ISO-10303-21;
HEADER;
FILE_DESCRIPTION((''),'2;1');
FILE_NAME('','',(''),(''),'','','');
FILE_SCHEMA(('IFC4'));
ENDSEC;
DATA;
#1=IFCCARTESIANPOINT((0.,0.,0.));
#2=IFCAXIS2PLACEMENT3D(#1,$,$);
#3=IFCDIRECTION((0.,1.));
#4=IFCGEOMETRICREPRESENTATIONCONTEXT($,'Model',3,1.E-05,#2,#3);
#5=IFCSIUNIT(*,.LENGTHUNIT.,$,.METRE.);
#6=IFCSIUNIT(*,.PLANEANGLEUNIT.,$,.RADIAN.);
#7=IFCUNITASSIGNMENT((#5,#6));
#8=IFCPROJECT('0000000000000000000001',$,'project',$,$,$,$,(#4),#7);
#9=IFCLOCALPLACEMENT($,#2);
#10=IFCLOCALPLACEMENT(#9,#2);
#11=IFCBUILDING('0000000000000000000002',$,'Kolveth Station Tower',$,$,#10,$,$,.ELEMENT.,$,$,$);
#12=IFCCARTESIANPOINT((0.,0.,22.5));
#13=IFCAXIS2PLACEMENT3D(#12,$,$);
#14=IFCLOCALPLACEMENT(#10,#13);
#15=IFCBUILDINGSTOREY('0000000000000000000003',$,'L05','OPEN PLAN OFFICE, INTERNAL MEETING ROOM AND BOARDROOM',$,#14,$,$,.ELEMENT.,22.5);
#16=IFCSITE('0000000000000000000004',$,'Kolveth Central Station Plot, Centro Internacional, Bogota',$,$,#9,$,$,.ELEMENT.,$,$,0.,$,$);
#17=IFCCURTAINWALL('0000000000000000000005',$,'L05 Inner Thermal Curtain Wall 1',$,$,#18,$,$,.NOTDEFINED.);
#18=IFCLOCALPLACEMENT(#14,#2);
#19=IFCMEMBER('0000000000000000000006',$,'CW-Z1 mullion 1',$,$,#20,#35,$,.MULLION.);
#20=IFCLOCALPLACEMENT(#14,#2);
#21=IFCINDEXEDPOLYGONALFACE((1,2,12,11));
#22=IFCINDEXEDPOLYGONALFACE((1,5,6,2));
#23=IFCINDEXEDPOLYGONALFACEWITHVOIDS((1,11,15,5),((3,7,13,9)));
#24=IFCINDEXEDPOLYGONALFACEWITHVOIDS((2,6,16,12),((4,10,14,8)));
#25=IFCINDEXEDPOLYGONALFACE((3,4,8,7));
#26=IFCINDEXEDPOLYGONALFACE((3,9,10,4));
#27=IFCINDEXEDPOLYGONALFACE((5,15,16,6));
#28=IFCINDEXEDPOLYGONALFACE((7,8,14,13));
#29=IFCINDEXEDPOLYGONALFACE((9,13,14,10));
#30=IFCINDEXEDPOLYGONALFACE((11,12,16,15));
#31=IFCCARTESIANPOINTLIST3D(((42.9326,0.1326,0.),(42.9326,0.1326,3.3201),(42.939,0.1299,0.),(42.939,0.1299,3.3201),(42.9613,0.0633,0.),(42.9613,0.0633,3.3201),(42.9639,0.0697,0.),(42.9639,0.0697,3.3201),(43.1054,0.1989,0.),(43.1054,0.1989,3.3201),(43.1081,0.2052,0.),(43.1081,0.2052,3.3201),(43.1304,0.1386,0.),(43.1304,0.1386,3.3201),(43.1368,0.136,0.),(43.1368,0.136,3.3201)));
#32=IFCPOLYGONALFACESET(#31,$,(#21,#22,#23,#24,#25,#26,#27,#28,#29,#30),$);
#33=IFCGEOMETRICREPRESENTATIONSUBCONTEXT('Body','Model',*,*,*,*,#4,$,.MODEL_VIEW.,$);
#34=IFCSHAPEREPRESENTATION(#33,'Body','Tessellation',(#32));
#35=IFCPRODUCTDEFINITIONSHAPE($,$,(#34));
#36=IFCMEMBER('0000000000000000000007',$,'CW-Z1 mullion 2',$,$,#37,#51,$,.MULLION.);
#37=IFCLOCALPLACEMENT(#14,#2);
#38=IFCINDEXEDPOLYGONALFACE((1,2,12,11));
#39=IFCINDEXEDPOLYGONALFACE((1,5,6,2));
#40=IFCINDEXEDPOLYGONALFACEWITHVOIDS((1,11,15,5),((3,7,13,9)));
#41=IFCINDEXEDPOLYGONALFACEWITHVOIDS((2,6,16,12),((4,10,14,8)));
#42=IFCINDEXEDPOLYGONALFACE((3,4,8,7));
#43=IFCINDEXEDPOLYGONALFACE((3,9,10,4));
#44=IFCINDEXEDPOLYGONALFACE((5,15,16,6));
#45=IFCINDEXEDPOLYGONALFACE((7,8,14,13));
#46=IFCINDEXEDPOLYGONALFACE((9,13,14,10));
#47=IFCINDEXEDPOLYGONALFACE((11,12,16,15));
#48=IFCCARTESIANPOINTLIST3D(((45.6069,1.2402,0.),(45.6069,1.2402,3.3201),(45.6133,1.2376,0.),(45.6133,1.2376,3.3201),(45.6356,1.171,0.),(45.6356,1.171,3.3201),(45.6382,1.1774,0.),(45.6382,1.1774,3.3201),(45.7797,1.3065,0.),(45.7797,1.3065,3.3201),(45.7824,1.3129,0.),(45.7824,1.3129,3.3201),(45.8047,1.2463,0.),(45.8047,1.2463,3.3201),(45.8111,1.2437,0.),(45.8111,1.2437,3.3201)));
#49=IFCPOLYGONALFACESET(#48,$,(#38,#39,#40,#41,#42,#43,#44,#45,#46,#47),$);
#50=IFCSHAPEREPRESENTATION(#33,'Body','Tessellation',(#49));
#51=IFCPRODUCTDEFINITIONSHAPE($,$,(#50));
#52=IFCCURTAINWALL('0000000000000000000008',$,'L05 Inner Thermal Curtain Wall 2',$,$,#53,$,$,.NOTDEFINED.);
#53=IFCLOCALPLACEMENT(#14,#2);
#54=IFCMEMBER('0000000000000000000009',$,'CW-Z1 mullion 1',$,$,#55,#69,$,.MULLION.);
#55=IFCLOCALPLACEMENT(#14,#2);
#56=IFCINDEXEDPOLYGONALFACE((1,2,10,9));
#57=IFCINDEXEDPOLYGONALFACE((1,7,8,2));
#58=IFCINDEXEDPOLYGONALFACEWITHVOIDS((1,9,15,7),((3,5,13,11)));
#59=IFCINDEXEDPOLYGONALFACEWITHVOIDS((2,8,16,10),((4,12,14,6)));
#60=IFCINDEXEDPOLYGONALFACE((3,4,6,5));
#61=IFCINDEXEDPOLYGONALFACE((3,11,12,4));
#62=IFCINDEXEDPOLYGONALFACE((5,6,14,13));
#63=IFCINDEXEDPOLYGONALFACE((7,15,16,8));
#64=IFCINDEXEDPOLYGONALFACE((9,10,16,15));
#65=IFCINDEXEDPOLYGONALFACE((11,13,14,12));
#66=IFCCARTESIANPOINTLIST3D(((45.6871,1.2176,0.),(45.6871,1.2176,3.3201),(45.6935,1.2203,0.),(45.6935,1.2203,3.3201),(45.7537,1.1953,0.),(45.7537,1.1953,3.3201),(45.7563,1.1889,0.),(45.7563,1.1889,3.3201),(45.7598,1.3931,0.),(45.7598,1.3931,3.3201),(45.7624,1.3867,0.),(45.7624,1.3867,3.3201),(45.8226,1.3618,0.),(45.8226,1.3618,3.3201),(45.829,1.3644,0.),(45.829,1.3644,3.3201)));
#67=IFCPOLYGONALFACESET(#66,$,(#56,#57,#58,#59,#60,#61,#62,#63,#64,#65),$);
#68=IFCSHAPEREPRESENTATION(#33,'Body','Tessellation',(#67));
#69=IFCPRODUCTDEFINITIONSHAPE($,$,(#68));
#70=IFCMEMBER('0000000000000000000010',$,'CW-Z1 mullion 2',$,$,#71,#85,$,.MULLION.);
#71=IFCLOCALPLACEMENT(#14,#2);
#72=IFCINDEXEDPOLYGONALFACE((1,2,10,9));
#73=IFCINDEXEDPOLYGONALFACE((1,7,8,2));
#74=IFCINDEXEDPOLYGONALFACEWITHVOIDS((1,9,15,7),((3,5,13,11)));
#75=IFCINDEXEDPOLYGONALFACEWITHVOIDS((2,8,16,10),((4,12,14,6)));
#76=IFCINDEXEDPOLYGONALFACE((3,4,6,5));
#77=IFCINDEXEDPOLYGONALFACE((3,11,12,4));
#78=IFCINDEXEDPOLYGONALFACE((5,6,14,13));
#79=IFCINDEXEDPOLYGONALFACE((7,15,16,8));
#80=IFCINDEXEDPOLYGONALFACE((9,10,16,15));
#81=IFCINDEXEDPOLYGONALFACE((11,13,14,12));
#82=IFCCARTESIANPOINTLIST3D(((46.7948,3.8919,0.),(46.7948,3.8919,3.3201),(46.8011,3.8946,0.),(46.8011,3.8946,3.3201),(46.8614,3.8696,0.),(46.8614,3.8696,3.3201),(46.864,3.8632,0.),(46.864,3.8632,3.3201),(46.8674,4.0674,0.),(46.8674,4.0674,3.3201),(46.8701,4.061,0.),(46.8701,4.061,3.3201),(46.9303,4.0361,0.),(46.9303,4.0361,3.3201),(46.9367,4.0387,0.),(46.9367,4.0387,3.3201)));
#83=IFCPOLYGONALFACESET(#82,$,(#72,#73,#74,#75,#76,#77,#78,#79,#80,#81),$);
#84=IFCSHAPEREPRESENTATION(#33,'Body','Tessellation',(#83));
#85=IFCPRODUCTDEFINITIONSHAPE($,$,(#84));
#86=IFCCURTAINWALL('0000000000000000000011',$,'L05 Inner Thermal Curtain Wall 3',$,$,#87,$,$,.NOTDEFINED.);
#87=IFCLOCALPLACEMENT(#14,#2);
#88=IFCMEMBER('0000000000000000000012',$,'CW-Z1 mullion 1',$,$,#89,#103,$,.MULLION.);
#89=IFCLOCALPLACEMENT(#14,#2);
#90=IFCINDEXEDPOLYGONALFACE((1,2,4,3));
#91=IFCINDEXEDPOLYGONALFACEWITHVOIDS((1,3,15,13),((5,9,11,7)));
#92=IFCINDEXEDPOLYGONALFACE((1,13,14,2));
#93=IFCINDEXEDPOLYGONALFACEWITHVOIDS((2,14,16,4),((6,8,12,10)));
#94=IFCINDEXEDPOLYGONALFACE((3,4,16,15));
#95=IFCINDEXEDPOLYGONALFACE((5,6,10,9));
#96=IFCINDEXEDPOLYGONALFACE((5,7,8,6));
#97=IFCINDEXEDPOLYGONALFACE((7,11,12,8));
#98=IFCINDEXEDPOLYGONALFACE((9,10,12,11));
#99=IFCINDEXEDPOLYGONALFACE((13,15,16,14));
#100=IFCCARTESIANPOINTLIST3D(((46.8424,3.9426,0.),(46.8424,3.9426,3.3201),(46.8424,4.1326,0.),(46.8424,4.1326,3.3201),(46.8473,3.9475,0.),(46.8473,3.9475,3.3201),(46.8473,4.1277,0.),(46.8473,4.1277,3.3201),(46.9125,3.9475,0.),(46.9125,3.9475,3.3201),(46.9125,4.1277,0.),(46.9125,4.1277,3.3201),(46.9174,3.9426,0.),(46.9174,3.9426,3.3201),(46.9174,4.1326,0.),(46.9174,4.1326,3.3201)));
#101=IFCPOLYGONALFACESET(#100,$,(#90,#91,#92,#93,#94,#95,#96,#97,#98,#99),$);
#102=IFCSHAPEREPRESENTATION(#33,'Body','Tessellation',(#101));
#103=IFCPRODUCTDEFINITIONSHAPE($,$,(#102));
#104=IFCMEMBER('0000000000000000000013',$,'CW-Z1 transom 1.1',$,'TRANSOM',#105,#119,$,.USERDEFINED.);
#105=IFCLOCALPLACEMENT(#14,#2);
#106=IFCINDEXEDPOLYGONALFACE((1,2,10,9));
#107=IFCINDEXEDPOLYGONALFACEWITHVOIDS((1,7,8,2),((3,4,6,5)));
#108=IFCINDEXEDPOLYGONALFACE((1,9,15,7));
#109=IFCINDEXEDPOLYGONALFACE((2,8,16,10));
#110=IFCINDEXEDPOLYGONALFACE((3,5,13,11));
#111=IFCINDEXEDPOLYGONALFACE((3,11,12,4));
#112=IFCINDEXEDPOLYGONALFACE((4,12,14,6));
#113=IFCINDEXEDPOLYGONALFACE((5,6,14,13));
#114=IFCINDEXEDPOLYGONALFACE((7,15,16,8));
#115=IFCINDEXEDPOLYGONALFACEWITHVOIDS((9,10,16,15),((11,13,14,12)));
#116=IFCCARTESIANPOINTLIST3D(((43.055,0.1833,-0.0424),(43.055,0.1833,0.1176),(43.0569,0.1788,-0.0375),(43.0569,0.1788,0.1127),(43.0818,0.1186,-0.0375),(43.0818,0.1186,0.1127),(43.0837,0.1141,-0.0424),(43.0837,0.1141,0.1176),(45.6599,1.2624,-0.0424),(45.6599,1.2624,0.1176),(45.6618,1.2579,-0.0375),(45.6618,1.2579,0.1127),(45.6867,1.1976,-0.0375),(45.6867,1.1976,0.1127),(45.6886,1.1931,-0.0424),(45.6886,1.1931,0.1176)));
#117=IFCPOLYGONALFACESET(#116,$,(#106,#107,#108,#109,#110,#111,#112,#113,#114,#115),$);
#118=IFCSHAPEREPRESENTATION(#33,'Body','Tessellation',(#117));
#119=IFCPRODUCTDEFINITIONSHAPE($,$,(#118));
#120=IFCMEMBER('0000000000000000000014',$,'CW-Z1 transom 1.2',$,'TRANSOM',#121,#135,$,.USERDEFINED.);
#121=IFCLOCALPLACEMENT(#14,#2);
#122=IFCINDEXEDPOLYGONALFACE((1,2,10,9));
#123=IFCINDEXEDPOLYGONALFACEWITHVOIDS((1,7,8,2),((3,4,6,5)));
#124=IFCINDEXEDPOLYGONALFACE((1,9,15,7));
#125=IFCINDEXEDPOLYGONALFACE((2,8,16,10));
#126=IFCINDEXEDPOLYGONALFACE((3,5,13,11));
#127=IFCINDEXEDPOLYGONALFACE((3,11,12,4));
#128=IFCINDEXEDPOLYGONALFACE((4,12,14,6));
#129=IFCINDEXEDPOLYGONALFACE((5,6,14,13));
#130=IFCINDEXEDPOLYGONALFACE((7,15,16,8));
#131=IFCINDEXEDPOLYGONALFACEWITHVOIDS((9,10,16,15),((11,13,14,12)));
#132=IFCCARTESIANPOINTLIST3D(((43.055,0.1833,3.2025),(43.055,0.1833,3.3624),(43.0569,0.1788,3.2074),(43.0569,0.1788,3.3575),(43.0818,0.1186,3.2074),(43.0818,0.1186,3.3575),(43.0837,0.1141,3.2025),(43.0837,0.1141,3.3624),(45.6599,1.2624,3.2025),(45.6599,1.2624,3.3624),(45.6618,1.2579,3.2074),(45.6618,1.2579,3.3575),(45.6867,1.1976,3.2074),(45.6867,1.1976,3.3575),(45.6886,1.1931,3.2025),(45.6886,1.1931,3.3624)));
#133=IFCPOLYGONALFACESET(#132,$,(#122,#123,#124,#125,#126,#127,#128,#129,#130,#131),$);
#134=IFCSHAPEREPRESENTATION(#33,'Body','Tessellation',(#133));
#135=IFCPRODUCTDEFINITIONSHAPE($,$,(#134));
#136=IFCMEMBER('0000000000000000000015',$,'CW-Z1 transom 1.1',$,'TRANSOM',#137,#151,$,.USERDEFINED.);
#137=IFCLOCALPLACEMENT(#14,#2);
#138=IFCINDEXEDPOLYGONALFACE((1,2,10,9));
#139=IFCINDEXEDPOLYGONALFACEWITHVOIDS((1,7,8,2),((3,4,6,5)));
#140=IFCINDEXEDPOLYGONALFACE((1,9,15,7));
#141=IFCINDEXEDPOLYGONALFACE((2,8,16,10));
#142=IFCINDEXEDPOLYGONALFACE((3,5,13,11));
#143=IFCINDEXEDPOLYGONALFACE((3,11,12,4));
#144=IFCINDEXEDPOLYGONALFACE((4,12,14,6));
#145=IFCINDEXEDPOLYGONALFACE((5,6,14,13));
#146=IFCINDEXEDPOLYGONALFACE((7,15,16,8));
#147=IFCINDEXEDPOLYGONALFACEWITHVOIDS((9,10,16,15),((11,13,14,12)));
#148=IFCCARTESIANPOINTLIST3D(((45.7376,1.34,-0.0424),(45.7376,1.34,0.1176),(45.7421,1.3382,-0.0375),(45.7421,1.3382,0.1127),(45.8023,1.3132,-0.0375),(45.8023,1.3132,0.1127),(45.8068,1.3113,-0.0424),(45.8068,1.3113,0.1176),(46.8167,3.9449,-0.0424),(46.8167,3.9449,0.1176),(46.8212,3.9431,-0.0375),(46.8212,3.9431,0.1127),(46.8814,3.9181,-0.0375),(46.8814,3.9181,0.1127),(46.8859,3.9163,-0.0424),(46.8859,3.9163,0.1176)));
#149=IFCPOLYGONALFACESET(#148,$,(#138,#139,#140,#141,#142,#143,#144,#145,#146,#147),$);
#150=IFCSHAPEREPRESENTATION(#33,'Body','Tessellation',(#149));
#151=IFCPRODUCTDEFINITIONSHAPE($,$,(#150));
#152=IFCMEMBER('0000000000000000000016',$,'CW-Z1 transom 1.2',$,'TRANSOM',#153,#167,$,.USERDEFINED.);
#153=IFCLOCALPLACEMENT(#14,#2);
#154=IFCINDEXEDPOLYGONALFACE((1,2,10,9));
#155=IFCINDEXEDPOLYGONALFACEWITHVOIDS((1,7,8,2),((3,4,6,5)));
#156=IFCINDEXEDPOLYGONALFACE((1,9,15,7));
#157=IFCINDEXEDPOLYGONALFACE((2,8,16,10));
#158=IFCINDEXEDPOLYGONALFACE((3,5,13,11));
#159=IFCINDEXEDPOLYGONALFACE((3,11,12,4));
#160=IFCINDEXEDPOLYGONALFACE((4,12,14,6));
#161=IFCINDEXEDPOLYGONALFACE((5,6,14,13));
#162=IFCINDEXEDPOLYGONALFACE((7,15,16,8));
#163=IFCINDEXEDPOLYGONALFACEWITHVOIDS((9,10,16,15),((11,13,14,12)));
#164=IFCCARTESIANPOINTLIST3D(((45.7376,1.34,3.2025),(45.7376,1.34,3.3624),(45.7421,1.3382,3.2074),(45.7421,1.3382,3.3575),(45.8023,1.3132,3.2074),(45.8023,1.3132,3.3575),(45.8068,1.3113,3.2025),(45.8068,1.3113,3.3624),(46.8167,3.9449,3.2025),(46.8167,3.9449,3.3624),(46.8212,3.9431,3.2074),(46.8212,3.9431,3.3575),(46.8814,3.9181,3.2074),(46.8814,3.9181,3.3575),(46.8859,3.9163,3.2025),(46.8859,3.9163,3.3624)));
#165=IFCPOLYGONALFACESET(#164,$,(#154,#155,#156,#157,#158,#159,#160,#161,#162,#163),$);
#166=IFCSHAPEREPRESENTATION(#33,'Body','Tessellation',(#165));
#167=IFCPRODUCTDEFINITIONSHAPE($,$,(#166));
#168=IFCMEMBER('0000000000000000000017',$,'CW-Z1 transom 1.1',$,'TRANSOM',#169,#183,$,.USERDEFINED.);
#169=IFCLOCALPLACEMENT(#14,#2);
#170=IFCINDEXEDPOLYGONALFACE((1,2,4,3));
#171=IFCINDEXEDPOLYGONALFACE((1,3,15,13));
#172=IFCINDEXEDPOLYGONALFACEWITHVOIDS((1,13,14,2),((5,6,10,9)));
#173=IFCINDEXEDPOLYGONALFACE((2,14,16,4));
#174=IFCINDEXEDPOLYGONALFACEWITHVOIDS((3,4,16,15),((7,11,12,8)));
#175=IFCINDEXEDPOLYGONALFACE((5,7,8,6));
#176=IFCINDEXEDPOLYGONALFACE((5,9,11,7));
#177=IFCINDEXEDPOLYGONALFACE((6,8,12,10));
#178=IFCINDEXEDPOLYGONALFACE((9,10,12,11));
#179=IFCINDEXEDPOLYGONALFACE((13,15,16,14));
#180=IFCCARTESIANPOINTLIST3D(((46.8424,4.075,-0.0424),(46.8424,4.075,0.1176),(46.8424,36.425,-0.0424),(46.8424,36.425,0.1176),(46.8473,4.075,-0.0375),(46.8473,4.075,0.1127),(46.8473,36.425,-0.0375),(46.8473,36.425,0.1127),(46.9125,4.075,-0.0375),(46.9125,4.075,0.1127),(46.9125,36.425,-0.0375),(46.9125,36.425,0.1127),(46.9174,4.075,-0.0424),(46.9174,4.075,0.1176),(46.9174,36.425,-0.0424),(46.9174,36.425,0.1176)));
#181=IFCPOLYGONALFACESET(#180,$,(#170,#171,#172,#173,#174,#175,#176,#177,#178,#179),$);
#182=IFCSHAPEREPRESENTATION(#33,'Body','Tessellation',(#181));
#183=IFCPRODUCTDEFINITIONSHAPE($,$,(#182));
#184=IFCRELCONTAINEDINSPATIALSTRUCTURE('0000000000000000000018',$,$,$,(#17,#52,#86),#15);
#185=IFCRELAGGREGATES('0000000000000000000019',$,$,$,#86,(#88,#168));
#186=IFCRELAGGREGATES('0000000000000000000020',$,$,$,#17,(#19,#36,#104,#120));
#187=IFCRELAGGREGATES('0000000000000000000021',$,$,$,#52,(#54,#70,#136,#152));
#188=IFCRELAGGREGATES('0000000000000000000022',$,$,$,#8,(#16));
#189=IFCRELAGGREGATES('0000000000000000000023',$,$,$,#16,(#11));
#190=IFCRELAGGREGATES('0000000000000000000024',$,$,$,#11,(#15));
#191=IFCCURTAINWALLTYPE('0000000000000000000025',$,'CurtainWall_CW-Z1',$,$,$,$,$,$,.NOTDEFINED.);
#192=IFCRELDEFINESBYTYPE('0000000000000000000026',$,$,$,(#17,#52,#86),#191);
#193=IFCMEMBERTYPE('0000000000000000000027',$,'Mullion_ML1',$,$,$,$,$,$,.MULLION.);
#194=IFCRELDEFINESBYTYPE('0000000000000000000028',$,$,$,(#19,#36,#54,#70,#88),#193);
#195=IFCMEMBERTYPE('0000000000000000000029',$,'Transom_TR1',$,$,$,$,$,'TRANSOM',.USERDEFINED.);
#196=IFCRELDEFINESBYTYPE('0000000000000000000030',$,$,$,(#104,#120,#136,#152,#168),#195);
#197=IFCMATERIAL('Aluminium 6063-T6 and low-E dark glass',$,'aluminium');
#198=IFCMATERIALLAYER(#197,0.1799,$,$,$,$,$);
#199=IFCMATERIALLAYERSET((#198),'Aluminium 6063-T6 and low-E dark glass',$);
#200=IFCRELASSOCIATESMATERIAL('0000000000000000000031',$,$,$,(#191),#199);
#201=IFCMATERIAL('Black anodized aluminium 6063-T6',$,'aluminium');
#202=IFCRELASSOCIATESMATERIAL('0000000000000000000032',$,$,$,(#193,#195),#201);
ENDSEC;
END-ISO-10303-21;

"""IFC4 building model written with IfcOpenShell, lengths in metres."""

from ifc_helpers import new_model, si_unit, direction, frame, origin, origin_2d, place, context, subcontext, project, spatial, hollow_rectangle, extrude, source, transform, mapped, material, layer, layer_set, material_profile, profile_set, type_object, element, aggregate, save


model = new_model("IFC4")

# Units and contexts
model_context = context("Model", 3, precision=1e-05, world=origin(), true_north=direction((0.0, 1.0)))
body_context = subcontext(model_context, "Body", "Model", "MODEL_VIEW")
ifc_project = project(units=[si_unit("LENGTHUNIT", "METRE"), si_unit("PLANEANGLEUNIT", "RADIAN")], contexts=[model_context])

# Site, building, storey
site_placement = place(None, origin())
site = spatial("IfcSite", under=ifc_project, at=site_placement, Name="Kolveth Central Station Plot, Centro Internacional, Bogota", CompositionType="ELEMENT", RefElevation=0.0)
building_placement = place(site_placement, origin())
building = spatial("IfcBuilding", under=site, at=building_placement, Name="Kolveth Station Tower", CompositionType="ELEMENT")
storey_placement = place(building_placement, frame((0.0, 0.0, 22.5)))
storey = spatial("IfcBuildingStorey", under=building, at=storey_placement, Name="L05", Description="OPEN PLAN OFFICE, INTERNAL MEETING ROOM AND BOARDROOM", CompositionType="ELEMENT", Elevation=22.5)

# Curtain walls, members
ifc_material_1 = material(Name="Aluminium 6063-T6 and low-E dark glass", Category="aluminium")
ifc_layer_1 = layer(ifc_material_1, 0.1799)
ifc_layer_set_1 = layer_set([ifc_layer_1], Name="Aluminium 6063-T6 and low-E dark glass")
curtain_wall_type_1 = type_object("IfcCurtainWallType", Name="CurtainWall_CW-Z1", PredefinedType="NOTDEFINED", material=ifc_layer_set_1)
curtain_wall_1_placement = place(storey_placement, origin())
curtain_wall_1 = element("IfcCurtainWall", 1, at=curtain_wall_1_placement, inside=storey, type_object=curtain_wall_type_1, Name="L05 Inner Thermal Curtain Wall 1", PredefinedType="NOTDEFINED")
ifc_material_2 = material(Name="Black anodized aluminium 6063-T6", Category="aluminium")
ifc_material_profile_1 = material_profile(ifc_material_2, hollow_rectangle(XDim=0.075, YDim=0.1899, WallThickness=0.0049, at=origin_2d()), Name="ALU-75x190x5")
ifc_profile_set_1 = profile_set([ifc_material_profile_1], Name="Black anodized aluminium 6063-T6")
member_type_1 = type_object("IfcMemberType", Name="Mullion_ML1", PredefinedType="MULLION", material=ifc_profile_set_1)
shared_shape_1 = source(origin(), body_context, "Body", "SweptSolid", [
    extrude(hollow_rectangle(XDim=0.075, YDim=0.1899, WallThickness=0.0049, at=origin_2d()), origin(), (0.0, 0.0, 1.0), 3.3201),
])
member_1_placement = place(storey_placement, frame((43.0347, 0.1343, 0.0), z_axis=(0.0, 0.0, 1.0), x_axis=(-0.382673, 0.923884, 0.0)))
member_1 = element("IfcMember", 2, at=member_1_placement, type_object=member_type_1, Name="CW-Z1 mullion 1", PredefinedType="MULLION", context=body_context, shape_type="MappedRepresentation", body=[
    mapped(shared_shape_1, transform((0.0, 0.0, 0.0), x_axis=(1.0, 0.0, 0.0), y_axis=(0.0, 1.0, 0.0), z_axis=(0.0, 0.0, 1.0), scale=1.0)),
])
member_2_placement = place(storey_placement, frame((45.709, 1.2419, 0.0), z_axis=(0.0, 0.0, 1.0), x_axis=(-0.382673, 0.923884, 0.0)))
member_2 = element("IfcMember", 3, at=member_2_placement, type_object=member_type_1, Name="CW-Z1 mullion 2", PredefinedType="MULLION", context=body_context, shape_type="MappedRepresentation", body=[
    mapped(shared_shape_1, transform((0.0, 0.0, 0.0), x_axis=(1.0, 0.0, 0.0), y_axis=(0.0, 1.0, 0.0), z_axis=(0.0, 0.0, 1.0), scale=1.0)),
])
curtain_wall_2_placement = place(storey_placement, origin())
curtain_wall_2 = element("IfcCurtainWall", 4, at=curtain_wall_2_placement, inside=storey, type_object=curtain_wall_type_1, Name="L05 Inner Thermal Curtain Wall 2", PredefinedType="NOTDEFINED")
member_3_placement = place(storey_placement, frame((45.7581, 1.291, 0.0), z_axis=(0.0, 0.0, 1.0), x_axis=(-0.923884, 0.382673, 0.0)))
member_3 = element("IfcMember", 5, at=member_3_placement, type_object=member_type_1, Name="CW-Z1 mullion 1", PredefinedType="MULLION", context=body_context, shape_type="MappedRepresentation", body=[
    mapped(shared_shape_1, transform((0.0, 0.0, 0.0), x_axis=(1.0, 0.0, 0.0), y_axis=(0.0, 1.0, 0.0), z_axis=(0.0, 0.0, 1.0), scale=1.0)),
])
member_4_placement = place(storey_placement, frame((46.8657, 3.9653, 0.0), z_axis=(0.0, 0.0, 1.0), x_axis=(-0.923884, 0.382673, 0.0)))
member_4 = element("IfcMember", 6, at=member_4_placement, type_object=member_type_1, Name="CW-Z1 mullion 2", PredefinedType="MULLION", context=body_context, shape_type="MappedRepresentation", body=[
    mapped(shared_shape_1, transform((0.0, 0.0, 0.0), x_axis=(1.0, 0.0, 0.0), y_axis=(0.0, 1.0, 0.0), z_axis=(0.0, 0.0, 1.0), scale=1.0)),
])

# Curtain wall, member
curtain_wall_3_placement = place(storey_placement, origin())
curtain_wall_3 = element("IfcCurtainWall", 7, at=curtain_wall_3_placement, inside=storey, type_object=curtain_wall_type_1, Name="L05 Inner Thermal Curtain Wall 3", PredefinedType="NOTDEFINED")
member_5_placement = place(storey_placement, frame((46.8799, 4.0376, 0.0), z_axis=(0.0, 0.0, 1.0), x_axis=(-1.0, 0.0, 0.0)))
member_5 = element("IfcMember", 8, at=member_5_placement, type_object=member_type_1, Name="CW-Z1 mullion 1", PredefinedType="MULLION", context=body_context, shape_type="MappedRepresentation", body=[
    mapped(shared_shape_1, transform((0.0, 0.0, 0.0), x_axis=(1.0, 0.0, 0.0), y_axis=(0.0, 1.0, 0.0), z_axis=(0.0, 0.0, 1.0), scale=1.0)),
])

# Members
ifc_material_profile_2 = material_profile(ifc_material_2, hollow_rectangle(XDim=0.075, YDim=0.1599, WallThickness=0.0049, at=origin_2d()), Name="ALU-75x160x5")
ifc_profile_set_2 = profile_set([ifc_material_profile_2], Name="Black anodized aluminium 6063-T6")
member_type_2 = type_object("IfcMemberType", Name="Transom_TR1", ElementType="TRANSOM", PredefinedType="USERDEFINED", material=ifc_profile_set_2)
shared_shape_2 = source(origin(), body_context, "Body", "SweptSolid", [
    extrude(hollow_rectangle(XDim=0.075, YDim=0.1599, WallThickness=0.0049, at=origin_2d()), origin(), (0.0, 0.0, 1.0), 2.8196),
])
member_6_placement = place(storey_placement, frame((43.0693, 0.1487, 0.0376), z_axis=(0.923869, 0.382709, 0.0), x_axis=(-0.382709, 0.923869, 0.0)))
member_6 = element("IfcMember", 9, at=member_6_placement, type_object=member_type_2, Name="CW-Z1 transom 1.1", ObjectType="TRANSOM", PredefinedType="USERDEFINED", context=body_context, shape_type="MappedRepresentation", body=[
    mapped(shared_shape_2, transform((0.0, 0.0, 0.0), x_axis=(1.0, 0.0, 0.0), y_axis=(0.0, 1.0, 0.0), z_axis=(0.0, 0.0, 1.0), scale=1.0)),
])
member_7_placement = place(storey_placement, frame((43.0693, 0.1487, 3.2825), z_axis=(0.923869, 0.382709, 0.0), x_axis=(-0.382709, 0.923869, 0.0)))
member_7 = element("IfcMember", 10, at=member_7_placement, type_object=member_type_2, Name="CW-Z1 transom 1.2", ObjectType="TRANSOM", PredefinedType="USERDEFINED", context=body_context, shape_type="MappedRepresentation", body=[
    mapped(shared_shape_2, transform((0.0, 0.0, 0.0), x_axis=(1.0, 0.0, 0.0), y_axis=(0.0, 1.0, 0.0), z_axis=(0.0, 0.0, 1.0), scale=1.0)),
])
member_8_placement = place(storey_placement, frame((45.7722, 1.3257, 0.0376), z_axis=(0.382709, 0.923869, 0.0), x_axis=(-0.923869, 0.382709, 0.0)))
member_8 = element("IfcMember", 11, at=member_8_placement, type_object=member_type_2, Name="CW-Z1 transom 1.1", ObjectType="TRANSOM", PredefinedType="USERDEFINED", context=body_context, shape_type="MappedRepresentation", body=[
    mapped(shared_shape_2, transform((0.0, 0.0, 0.0), x_axis=(1.0, 0.0, 0.0), y_axis=(0.0, 1.0, 0.0), z_axis=(0.0, 0.0, 1.0), scale=1.0)),
])
member_9_placement = place(storey_placement, frame((45.7722, 1.3257, 3.2825), z_axis=(0.382709, 0.923869, 0.0), x_axis=(-0.923869, 0.382709, 0.0)))
member_9 = element("IfcMember", 12, at=member_9_placement, type_object=member_type_2, Name="CW-Z1 transom 1.2", ObjectType="TRANSOM", PredefinedType="USERDEFINED", context=body_context, shape_type="MappedRepresentation", body=[
    mapped(shared_shape_2, transform((0.0, 0.0, 0.0), x_axis=(1.0, 0.0, 0.0), y_axis=(0.0, 1.0, 0.0), z_axis=(0.0, 0.0, 1.0), scale=1.0)),
])
shared_shape_3 = source(origin(), body_context, "Body", "SweptSolid", [
    extrude(hollow_rectangle(XDim=0.075, YDim=0.1599, WallThickness=0.0049, at=origin_2d()), origin(), (0.0, 0.0, 1.0), 32.3501),
])
member_10_placement = place(storey_placement, frame((46.8799, 4.075, 0.0376), z_axis=(0.0, 1.0, 0.0), x_axis=(-1.0, 0.0, 0.0)))
member_10 = element("IfcMember", 13, at=member_10_placement, type_object=member_type_2, Name="CW-Z1 transom 1.1", ObjectType="TRANSOM", PredefinedType="USERDEFINED", context=body_context, shape_type="MappedRepresentation", body=[
    mapped(shared_shape_3, transform((0.0, 0.0, 0.0), x_axis=(1.0, 0.0, 0.0), y_axis=(0.0, 1.0, 0.0), z_axis=(0.0, 0.0, 1.0), scale=1.0)),
])
aggregate(curtain_wall_3, [member_5, member_10])

aggregate(curtain_wall_1, [member_1, member_2, member_6, member_7])
aggregate(curtain_wall_2, [member_3, member_4, member_8, member_9])

save(model, "model.ifc")
